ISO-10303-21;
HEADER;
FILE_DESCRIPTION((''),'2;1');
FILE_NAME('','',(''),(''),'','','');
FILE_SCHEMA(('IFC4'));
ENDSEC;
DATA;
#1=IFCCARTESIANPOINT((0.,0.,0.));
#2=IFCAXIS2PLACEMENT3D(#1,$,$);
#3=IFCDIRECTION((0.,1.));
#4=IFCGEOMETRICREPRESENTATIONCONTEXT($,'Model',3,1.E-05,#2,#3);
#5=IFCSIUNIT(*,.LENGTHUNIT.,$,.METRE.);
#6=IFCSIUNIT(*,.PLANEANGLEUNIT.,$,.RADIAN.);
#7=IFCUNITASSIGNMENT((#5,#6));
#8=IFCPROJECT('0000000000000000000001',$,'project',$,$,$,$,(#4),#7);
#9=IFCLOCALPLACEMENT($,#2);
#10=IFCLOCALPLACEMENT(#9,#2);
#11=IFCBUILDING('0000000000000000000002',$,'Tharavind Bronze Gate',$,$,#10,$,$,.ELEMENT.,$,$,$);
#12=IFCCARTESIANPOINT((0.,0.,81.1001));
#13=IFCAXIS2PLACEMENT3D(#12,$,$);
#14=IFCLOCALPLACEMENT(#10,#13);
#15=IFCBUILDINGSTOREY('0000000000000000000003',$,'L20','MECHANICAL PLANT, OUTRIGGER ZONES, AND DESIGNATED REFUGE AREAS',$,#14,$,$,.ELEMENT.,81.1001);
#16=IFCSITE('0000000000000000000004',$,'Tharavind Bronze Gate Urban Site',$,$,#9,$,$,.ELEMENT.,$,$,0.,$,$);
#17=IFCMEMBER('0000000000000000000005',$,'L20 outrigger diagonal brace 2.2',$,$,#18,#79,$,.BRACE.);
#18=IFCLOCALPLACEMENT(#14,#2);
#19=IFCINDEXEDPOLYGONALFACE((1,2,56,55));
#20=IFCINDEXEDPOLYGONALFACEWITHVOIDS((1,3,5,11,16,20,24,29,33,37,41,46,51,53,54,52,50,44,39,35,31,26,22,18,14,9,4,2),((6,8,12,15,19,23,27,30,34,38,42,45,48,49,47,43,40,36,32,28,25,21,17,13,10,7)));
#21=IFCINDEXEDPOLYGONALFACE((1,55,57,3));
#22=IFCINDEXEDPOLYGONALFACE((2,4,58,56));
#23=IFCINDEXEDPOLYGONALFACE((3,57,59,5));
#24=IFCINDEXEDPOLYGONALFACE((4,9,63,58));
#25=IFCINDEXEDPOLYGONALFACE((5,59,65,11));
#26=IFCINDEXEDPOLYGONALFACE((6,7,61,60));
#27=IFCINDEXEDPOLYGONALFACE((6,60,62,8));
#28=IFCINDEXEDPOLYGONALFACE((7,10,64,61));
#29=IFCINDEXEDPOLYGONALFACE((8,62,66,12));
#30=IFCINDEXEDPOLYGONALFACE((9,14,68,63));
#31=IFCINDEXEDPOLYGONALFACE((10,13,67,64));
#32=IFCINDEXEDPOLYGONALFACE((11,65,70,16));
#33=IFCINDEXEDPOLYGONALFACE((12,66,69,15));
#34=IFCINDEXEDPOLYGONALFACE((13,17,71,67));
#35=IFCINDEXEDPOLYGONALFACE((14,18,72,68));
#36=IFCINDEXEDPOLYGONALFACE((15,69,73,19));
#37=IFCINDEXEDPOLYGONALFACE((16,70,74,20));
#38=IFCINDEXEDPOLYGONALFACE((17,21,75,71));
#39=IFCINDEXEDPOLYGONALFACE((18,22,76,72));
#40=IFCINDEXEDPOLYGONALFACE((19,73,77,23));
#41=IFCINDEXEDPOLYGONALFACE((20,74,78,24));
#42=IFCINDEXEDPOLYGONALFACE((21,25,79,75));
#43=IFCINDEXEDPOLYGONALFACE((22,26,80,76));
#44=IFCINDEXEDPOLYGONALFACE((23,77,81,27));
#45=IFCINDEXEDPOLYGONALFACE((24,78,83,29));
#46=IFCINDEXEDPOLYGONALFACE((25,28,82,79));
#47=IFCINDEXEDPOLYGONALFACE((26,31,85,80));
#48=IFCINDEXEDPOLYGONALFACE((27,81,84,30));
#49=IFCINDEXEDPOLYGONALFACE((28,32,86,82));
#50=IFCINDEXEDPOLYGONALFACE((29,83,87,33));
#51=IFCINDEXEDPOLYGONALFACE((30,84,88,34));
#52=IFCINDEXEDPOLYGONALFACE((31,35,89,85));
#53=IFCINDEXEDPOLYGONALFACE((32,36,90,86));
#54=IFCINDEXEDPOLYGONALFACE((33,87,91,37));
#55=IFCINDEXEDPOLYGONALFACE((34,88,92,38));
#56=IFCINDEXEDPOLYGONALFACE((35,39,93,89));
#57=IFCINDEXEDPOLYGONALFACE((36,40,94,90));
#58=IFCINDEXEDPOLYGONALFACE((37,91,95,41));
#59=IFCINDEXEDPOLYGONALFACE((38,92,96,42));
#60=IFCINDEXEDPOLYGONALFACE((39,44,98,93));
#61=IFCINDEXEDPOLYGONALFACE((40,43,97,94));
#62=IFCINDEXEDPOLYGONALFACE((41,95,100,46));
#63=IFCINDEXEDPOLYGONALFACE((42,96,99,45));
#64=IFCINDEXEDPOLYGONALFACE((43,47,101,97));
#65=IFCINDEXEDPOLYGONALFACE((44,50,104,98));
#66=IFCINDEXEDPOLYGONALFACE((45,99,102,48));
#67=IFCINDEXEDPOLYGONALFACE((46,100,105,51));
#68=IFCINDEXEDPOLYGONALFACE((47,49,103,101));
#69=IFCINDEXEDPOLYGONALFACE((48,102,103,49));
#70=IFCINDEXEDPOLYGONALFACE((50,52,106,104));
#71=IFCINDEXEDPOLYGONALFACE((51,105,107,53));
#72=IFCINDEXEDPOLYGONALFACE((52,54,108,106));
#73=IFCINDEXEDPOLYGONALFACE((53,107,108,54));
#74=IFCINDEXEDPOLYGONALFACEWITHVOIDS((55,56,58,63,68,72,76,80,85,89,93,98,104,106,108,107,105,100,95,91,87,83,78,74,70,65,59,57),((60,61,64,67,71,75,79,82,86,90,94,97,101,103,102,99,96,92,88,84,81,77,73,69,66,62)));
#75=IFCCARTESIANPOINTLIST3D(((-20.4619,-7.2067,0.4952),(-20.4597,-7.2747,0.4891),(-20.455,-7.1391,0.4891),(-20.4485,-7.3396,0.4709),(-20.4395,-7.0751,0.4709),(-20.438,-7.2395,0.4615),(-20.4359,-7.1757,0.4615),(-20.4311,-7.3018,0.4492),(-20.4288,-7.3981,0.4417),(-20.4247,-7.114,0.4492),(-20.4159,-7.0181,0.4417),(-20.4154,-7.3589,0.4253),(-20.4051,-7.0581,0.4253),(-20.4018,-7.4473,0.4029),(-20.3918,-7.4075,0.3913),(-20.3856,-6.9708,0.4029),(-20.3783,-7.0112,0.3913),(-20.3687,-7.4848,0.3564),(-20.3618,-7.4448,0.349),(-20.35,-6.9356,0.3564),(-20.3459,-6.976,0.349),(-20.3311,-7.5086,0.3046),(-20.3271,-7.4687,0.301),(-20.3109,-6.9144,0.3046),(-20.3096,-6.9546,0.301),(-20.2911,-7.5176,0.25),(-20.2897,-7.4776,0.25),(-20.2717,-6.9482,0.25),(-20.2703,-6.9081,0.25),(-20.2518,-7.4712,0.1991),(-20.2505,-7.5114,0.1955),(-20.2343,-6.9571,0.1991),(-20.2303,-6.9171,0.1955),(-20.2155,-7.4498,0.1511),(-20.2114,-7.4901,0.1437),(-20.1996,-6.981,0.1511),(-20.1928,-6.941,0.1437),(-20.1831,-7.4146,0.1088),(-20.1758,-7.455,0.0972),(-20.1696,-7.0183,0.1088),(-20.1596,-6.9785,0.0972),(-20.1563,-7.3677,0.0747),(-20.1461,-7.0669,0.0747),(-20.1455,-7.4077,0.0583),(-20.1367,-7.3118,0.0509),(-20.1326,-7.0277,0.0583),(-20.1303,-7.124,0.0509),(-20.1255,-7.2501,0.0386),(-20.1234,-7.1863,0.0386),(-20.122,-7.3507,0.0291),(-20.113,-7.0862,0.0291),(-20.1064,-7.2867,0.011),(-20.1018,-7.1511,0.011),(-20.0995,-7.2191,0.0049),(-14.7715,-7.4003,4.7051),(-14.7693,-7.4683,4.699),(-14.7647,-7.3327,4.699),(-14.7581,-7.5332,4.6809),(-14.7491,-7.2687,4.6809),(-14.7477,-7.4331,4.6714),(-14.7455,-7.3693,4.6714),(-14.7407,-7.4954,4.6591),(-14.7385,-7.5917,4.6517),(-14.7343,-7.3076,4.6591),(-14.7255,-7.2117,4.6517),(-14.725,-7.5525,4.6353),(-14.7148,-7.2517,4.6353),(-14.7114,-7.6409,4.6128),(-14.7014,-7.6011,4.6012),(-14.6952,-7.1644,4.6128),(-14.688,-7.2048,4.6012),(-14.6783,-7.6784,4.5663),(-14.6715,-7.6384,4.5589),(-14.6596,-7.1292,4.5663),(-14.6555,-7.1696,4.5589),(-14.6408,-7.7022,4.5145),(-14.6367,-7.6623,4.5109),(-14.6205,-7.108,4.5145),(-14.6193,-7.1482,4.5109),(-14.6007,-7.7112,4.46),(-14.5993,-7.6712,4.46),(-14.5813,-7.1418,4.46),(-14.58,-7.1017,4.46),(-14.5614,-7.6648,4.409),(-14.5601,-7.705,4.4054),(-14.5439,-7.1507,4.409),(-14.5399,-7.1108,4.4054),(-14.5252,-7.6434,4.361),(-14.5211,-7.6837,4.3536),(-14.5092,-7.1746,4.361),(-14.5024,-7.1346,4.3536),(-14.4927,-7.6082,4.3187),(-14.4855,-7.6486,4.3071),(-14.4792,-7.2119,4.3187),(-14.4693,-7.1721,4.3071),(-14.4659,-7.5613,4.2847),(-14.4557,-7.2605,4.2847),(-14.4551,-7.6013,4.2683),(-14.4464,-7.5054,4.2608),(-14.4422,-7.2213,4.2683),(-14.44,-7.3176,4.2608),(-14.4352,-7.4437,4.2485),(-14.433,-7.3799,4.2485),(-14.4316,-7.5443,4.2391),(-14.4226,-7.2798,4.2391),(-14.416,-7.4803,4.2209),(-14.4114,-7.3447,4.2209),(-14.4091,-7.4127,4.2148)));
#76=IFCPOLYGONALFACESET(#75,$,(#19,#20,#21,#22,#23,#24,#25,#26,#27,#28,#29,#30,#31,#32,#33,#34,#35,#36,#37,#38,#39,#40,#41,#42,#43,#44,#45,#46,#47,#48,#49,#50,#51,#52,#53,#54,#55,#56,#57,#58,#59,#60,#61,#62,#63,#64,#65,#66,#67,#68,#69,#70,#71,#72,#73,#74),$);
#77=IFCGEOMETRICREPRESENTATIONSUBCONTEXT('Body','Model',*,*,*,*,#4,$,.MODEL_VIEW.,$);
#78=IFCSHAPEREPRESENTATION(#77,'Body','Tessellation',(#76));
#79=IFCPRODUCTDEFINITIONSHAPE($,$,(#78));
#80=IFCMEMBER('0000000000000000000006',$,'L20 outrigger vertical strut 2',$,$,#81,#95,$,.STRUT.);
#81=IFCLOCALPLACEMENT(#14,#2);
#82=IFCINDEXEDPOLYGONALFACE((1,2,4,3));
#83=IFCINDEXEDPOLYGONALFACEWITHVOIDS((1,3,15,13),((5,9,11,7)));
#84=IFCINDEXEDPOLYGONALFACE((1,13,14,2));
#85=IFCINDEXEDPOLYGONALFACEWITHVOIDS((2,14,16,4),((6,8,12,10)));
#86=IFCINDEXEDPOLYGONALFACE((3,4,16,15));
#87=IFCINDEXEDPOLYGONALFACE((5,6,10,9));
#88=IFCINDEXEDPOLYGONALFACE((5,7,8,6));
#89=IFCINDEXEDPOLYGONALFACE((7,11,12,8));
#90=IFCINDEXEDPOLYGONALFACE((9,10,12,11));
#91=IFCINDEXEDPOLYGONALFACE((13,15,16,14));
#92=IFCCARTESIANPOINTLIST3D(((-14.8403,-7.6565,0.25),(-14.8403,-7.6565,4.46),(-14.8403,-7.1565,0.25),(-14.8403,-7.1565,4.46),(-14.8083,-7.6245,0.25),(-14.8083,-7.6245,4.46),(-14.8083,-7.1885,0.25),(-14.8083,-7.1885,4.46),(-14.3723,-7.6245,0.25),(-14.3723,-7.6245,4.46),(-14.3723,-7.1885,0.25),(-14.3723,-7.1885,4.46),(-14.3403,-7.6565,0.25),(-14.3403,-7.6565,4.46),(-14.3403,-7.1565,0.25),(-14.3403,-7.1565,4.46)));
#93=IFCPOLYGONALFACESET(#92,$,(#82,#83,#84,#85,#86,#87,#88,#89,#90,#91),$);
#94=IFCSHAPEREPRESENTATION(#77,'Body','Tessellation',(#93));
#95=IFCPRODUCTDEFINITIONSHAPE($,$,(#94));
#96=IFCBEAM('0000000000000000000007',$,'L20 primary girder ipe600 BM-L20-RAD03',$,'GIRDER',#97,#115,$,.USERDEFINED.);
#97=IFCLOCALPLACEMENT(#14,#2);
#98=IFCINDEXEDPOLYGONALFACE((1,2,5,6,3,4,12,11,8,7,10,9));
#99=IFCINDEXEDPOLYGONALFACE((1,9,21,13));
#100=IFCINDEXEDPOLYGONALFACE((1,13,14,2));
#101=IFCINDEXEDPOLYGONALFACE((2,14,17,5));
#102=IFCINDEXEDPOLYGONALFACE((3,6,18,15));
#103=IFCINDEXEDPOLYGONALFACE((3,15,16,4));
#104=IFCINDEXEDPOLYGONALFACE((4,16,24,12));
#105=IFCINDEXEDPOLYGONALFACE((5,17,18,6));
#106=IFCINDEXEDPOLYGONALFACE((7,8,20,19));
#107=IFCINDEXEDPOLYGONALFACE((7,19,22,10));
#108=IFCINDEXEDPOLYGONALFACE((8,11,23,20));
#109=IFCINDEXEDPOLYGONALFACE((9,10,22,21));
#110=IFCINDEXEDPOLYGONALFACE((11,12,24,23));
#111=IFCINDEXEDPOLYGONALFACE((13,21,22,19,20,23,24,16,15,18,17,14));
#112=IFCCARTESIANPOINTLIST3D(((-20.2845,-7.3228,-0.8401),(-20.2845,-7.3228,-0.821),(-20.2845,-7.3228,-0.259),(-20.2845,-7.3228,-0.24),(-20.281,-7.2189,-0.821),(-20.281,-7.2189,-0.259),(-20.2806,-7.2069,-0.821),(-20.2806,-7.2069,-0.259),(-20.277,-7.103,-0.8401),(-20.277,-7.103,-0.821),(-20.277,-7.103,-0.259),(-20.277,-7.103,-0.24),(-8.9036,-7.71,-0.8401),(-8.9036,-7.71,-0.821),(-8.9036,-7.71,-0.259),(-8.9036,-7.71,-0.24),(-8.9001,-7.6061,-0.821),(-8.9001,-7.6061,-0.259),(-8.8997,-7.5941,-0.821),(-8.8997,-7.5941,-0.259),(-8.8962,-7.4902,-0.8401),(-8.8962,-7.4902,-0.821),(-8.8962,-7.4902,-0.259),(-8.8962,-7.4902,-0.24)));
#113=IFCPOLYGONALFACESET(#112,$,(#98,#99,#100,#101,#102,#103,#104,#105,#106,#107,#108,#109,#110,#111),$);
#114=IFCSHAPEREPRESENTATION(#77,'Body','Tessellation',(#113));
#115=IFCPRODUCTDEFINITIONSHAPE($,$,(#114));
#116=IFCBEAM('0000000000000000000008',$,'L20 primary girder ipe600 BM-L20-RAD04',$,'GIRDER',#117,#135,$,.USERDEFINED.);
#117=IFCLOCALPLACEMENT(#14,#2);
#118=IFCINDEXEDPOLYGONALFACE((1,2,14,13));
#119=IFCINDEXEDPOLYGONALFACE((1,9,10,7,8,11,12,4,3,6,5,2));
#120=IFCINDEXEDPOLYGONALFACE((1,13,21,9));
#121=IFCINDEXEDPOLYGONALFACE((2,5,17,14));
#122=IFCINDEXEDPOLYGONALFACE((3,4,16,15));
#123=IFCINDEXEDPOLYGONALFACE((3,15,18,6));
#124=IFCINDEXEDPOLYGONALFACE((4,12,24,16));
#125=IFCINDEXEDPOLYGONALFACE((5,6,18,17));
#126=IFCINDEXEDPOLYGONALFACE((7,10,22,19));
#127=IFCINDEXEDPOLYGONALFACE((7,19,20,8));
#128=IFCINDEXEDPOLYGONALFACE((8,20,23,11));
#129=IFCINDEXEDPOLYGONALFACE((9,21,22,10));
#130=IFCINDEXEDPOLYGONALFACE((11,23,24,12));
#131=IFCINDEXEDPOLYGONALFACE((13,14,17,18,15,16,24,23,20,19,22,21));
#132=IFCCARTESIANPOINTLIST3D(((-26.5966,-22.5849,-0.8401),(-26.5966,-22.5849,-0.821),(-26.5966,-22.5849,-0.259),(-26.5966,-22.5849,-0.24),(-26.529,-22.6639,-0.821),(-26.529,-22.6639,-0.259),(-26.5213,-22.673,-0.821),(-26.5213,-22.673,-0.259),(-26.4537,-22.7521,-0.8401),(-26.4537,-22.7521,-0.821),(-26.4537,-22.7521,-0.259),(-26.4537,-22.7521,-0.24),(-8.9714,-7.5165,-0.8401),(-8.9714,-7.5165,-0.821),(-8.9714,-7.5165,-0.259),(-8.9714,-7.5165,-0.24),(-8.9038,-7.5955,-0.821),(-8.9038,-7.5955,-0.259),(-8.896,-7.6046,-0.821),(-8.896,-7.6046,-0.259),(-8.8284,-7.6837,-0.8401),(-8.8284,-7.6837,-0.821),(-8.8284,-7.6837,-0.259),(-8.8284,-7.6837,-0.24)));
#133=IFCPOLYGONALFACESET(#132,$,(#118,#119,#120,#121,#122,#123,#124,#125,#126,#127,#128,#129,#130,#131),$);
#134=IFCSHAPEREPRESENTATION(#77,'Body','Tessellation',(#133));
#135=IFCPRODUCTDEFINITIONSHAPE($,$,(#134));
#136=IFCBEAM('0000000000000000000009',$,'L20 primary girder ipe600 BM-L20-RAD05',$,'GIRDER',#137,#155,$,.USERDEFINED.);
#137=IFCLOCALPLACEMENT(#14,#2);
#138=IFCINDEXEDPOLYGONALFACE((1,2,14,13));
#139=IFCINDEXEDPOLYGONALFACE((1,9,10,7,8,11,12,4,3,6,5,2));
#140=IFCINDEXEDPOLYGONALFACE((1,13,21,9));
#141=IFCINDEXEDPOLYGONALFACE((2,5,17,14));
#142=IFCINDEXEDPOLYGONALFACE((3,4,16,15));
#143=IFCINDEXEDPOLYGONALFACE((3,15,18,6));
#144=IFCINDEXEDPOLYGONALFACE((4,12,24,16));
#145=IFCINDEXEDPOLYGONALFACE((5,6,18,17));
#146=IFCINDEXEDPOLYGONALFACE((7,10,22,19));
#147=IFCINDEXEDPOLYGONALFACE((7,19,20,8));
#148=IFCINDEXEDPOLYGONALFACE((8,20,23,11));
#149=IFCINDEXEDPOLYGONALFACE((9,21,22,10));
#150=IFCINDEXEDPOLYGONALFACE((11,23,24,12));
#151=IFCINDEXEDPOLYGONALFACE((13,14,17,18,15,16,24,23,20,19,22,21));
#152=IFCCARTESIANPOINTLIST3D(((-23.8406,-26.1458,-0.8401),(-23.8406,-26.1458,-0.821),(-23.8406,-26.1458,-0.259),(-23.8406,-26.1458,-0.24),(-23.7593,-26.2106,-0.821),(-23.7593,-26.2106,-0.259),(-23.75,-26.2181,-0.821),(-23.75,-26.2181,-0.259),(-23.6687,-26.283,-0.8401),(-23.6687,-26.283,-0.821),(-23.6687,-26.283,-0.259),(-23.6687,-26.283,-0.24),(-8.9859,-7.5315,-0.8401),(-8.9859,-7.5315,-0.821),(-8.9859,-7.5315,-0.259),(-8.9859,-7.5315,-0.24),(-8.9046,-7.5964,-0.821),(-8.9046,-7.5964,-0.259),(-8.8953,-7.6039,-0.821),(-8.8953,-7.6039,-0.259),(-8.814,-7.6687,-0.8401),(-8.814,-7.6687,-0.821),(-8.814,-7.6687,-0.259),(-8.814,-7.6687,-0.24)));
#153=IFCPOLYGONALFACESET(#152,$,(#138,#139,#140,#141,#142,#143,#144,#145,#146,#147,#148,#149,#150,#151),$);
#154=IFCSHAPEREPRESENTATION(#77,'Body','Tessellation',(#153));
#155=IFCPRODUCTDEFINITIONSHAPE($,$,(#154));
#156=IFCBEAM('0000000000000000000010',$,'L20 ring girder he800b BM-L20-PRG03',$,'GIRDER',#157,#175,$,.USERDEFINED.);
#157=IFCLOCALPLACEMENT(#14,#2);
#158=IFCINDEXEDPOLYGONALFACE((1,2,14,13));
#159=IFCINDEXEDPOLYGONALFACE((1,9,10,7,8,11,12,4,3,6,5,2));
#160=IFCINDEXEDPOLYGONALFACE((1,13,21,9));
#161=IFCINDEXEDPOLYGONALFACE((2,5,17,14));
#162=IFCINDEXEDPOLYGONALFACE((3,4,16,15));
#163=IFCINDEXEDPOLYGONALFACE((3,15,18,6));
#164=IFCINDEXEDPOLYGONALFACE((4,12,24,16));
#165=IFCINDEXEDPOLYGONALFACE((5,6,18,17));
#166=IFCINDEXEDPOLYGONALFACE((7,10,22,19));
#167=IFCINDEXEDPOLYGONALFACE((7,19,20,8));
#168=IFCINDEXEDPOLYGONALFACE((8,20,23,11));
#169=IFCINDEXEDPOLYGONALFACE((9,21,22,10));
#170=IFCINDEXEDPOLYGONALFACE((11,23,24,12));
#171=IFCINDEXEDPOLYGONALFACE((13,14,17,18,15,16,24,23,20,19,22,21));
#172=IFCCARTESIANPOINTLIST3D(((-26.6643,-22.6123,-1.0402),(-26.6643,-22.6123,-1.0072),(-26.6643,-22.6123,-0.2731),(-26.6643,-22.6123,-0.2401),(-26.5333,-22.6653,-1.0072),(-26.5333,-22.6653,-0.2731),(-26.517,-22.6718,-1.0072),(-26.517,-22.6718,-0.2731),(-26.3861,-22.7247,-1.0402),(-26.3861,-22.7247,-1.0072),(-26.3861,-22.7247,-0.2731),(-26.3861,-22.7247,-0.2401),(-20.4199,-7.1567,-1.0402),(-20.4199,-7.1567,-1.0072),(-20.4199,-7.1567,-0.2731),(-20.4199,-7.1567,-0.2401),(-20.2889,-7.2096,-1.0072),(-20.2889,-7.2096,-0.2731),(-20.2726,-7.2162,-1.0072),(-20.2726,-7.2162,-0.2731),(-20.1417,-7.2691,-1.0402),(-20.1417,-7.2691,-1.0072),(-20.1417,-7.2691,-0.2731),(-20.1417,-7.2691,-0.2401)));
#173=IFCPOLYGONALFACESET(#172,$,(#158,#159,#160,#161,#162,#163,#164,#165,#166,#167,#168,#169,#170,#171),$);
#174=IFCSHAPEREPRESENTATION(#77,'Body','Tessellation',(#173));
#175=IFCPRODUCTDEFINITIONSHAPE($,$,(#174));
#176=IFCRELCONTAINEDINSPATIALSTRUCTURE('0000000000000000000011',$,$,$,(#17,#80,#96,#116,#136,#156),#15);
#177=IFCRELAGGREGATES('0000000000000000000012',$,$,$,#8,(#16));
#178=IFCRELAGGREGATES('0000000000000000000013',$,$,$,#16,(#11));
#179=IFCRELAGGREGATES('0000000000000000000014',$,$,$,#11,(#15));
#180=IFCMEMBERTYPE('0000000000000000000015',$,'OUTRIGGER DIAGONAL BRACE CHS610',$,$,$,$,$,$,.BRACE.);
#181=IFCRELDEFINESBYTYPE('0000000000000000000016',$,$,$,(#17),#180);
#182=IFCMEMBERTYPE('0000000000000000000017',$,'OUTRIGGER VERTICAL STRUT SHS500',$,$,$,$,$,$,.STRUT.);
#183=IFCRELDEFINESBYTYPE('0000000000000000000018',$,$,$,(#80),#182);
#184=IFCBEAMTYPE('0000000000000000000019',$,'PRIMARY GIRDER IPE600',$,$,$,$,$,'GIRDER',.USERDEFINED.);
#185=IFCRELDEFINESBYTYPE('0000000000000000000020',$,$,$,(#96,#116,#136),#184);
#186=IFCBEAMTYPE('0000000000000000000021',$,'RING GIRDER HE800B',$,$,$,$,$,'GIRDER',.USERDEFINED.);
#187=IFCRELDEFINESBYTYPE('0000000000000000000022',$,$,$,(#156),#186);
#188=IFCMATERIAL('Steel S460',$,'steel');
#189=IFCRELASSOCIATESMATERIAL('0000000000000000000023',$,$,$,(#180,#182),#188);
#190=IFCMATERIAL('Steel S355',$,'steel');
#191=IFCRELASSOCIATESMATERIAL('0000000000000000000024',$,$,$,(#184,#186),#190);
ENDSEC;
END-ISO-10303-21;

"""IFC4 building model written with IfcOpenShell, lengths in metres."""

from ifc_helpers import new_model, si_unit, direction, frame, origin, origin_2d, place, context, subcontext, project, spatial, hollow_rectangle, hollow_circle, i_section, extrude, material, material_profile, profile_set, type_object, element, save


model = new_model("IFC4")

# Units and contexts
model_context = context("Model", 3, precision=1e-05, world=origin(), true_north=direction((0.0, 1.0)))
body_context = subcontext(model_context, "Body", "Model", "MODEL_VIEW")
ifc_project = project(units=[si_unit("LENGTHUNIT", "METRE"), si_unit("PLANEANGLEUNIT", "RADIAN")], contexts=[model_context])

# Site, building, storey
site_placement = place(None, origin())
site = spatial("IfcSite", under=ifc_project, at=site_placement, Name="Tharavind Bronze Gate Urban Site", CompositionType="ELEMENT", RefElevation=0.0)
building_placement = place(site_placement, origin())
building = spatial("IfcBuilding", under=site, at=building_placement, Name="Tharavind Bronze Gate", CompositionType="ELEMENT")
storey_placement = place(building_placement, frame((0.0, 0.0, 81.1001)))
storey = spatial("IfcBuildingStorey", under=building, at=storey_placement, Name="L20", Description="MECHANICAL PLANT, OUTRIGGER ZONES, AND DESIGNATED REFUGE AREAS", CompositionType="ELEMENT", Elevation=81.1001)

# Shared definitions
ifc_material_1 = material(Name="Steel S460", Category="steel")

# Members
ifc_material_profile_1 = material_profile(ifc_material_1, hollow_circle(Radius=0.3049, WallThickness=0.04, at=origin_2d()), Name="CHS610X40")
ifc_profile_set_1 = profile_set([ifc_material_profile_1], Name="Steel S460")
member_type_1 = type_object("IfcMemberType", Name="OUTRIGGER DIAGONAL BRACE CHS610", PredefinedType="BRACE", material=ifc_profile_set_1)
member_1_placement = place(storey_placement, frame((-14.5903, -7.4065, 4.46), z_axis=(-0.803606, 0.027341, -0.594533), x_axis=(-0.034003, -0.999422, 0.0)))
element("IfcMember", 1, at=member_1_placement, inside=storey, type_object=member_type_1, Name="L20 outrigger diagonal brace 2.2", PredefinedType="BRACE", context=body_context, shape_type="SweptSolid", body=[
    extrude(hollow_circle(Radius=0.3049, WallThickness=0.04, at=origin_2d()), origin(), (0.0, 0.0, 1.0), 7.0811),
])
ifc_material_profile_2 = material_profile(ifc_material_1, hollow_rectangle(XDim=0.5, YDim=0.5, WallThickness=0.032, at=origin_2d()), Name="SHS500X32")
ifc_profile_set_2 = profile_set([ifc_material_profile_2], Name="Steel S460")
member_type_2 = type_object("IfcMemberType", Name="OUTRIGGER VERTICAL STRUT SHS500", PredefinedType="STRUT", material=ifc_profile_set_2)
member_2_placement = place(storey_placement, frame((-14.5903, -7.4065, 0.25), z_axis=(0.0, 0.0, 1.0), x_axis=(1.0, 0.0, 0.0)))
element("IfcMember", 2, at=member_2_placement, inside=storey, type_object=member_type_2, Name="L20 outrigger vertical strut 2", PredefinedType="STRUT", context=body_context, shape_type="SweptSolid", body=[
    extrude(hollow_rectangle(XDim=0.5, YDim=0.5, WallThickness=0.032, at=origin_2d()), origin(), (0.0, 0.0, 1.0), 4.21),
])

# Beams
ifc_material_2 = material(Name="Steel S355", Category="steel")
ifc_material_profile_3 = material_profile(ifc_material_2, i_section(OverallWidth=0.22, OverallDepth=0.6001, WebThickness=0.012, FlangeThickness=0.019, at=origin_2d()), Name="IPE600")
ifc_profile_set_3 = profile_set([ifc_material_profile_3], Name="Steel S355")
beam_type_1 = type_object("IfcBeamType", Name="PRIMARY GIRDER IPE600", ElementType="GIRDER", PredefinedType="USERDEFINED", material=ifc_profile_set_3)
beam_1_placement = place(storey_placement, frame((-20.2808, -7.2129, -0.54), z_axis=(0.999422, -0.034003, 0.0), x_axis=(0.034003, 0.999422, 0.0)))
element("IfcBeam", 3, at=beam_1_placement, inside=storey, type_object=beam_type_1, Name="L20 primary girder ipe600 BM-L20-RAD03", ObjectType="GIRDER", PredefinedType="USERDEFINED", context=body_context, shape_type="SweptSolid", body=[
    extrude(i_section(OverallWidth=0.22, OverallDepth=0.6001, WebThickness=0.012, FlangeThickness=0.019, at=origin_2d()), origin(), (0.0, 0.0, 1.0), 11.3875),
])
beam_2_placement = place(storey_placement, frame((-26.5251, -22.6685, -0.54), z_axis=(0.760087, 0.649821, 0.0), x_axis=(-0.649821, 0.760087, 0.0)))
element("IfcBeam", 4, at=beam_2_placement, inside=storey, type_object=beam_type_1, Name="L20 primary girder ipe600 BM-L20-RAD04", ObjectType="GIRDER", PredefinedType="USERDEFINED", context=body_context, shape_type="SweptSolid", body=[
    extrude(i_section(OverallWidth=0.22, OverallDepth=0.6001, WebThickness=0.012, FlangeThickness=0.019, at=origin_2d()), origin(), (0.0, 0.0, 1.0), 23.1885),
])
beam_3_placement = place(storey_placement, frame((-23.7546, -26.2144, -0.54), z_axis=(0.623756, 0.781619, 0.0), x_axis=(-0.781619, 0.623756, 0.0)))
element("IfcBeam", 5, at=beam_3_placement, inside=storey, type_object=beam_type_1, Name="L20 primary girder ipe600 BM-L20-RAD05", ObjectType="GIRDER", PredefinedType="USERDEFINED", context=body_context, shape_type="SweptSolid", body=[
    extrude(i_section(OverallWidth=0.22, OverallDepth=0.6001, WebThickness=0.012, FlangeThickness=0.019, at=origin_2d()), origin(), (0.0, 0.0, 1.0), 23.8149),
])
ifc_material_profile_4 = material_profile(ifc_material_2, i_section(OverallWidth=0.3, OverallDepth=0.8, WebThickness=0.0176, FlangeThickness=0.033, at=origin_2d()), Name="HE800B")
ifc_profile_set_4 = profile_set([ifc_material_profile_4], Name="Steel S355")
beam_type_2 = type_object("IfcBeamType", Name="RING GIRDER HE800B", ElementType="GIRDER", PredefinedType="USERDEFINED", material=ifc_profile_set_4)
beam_4_placement = place(storey_placement, frame((-20.2808, -7.2129, -0.6401), z_axis=(-0.374603, -0.927185, 0.0), x_axis=(0.927185, -0.374603, 0.0)))
element("IfcBeam", 6, at=beam_4_placement, inside=storey, type_object=beam_type_2, Name="L20 ring girder he800b BM-L20-PRG03", ObjectType="GIRDER", PredefinedType="USERDEFINED", context=body_context, shape_type="SweptSolid", body=[
    extrude(i_section(OverallWidth=0.3, OverallDepth=0.8, WebThickness=0.0176, FlangeThickness=0.033, at=origin_2d()), origin(), (0.0, 0.0, 1.0), 16.6694),
])

save(model, "model.ifc")
